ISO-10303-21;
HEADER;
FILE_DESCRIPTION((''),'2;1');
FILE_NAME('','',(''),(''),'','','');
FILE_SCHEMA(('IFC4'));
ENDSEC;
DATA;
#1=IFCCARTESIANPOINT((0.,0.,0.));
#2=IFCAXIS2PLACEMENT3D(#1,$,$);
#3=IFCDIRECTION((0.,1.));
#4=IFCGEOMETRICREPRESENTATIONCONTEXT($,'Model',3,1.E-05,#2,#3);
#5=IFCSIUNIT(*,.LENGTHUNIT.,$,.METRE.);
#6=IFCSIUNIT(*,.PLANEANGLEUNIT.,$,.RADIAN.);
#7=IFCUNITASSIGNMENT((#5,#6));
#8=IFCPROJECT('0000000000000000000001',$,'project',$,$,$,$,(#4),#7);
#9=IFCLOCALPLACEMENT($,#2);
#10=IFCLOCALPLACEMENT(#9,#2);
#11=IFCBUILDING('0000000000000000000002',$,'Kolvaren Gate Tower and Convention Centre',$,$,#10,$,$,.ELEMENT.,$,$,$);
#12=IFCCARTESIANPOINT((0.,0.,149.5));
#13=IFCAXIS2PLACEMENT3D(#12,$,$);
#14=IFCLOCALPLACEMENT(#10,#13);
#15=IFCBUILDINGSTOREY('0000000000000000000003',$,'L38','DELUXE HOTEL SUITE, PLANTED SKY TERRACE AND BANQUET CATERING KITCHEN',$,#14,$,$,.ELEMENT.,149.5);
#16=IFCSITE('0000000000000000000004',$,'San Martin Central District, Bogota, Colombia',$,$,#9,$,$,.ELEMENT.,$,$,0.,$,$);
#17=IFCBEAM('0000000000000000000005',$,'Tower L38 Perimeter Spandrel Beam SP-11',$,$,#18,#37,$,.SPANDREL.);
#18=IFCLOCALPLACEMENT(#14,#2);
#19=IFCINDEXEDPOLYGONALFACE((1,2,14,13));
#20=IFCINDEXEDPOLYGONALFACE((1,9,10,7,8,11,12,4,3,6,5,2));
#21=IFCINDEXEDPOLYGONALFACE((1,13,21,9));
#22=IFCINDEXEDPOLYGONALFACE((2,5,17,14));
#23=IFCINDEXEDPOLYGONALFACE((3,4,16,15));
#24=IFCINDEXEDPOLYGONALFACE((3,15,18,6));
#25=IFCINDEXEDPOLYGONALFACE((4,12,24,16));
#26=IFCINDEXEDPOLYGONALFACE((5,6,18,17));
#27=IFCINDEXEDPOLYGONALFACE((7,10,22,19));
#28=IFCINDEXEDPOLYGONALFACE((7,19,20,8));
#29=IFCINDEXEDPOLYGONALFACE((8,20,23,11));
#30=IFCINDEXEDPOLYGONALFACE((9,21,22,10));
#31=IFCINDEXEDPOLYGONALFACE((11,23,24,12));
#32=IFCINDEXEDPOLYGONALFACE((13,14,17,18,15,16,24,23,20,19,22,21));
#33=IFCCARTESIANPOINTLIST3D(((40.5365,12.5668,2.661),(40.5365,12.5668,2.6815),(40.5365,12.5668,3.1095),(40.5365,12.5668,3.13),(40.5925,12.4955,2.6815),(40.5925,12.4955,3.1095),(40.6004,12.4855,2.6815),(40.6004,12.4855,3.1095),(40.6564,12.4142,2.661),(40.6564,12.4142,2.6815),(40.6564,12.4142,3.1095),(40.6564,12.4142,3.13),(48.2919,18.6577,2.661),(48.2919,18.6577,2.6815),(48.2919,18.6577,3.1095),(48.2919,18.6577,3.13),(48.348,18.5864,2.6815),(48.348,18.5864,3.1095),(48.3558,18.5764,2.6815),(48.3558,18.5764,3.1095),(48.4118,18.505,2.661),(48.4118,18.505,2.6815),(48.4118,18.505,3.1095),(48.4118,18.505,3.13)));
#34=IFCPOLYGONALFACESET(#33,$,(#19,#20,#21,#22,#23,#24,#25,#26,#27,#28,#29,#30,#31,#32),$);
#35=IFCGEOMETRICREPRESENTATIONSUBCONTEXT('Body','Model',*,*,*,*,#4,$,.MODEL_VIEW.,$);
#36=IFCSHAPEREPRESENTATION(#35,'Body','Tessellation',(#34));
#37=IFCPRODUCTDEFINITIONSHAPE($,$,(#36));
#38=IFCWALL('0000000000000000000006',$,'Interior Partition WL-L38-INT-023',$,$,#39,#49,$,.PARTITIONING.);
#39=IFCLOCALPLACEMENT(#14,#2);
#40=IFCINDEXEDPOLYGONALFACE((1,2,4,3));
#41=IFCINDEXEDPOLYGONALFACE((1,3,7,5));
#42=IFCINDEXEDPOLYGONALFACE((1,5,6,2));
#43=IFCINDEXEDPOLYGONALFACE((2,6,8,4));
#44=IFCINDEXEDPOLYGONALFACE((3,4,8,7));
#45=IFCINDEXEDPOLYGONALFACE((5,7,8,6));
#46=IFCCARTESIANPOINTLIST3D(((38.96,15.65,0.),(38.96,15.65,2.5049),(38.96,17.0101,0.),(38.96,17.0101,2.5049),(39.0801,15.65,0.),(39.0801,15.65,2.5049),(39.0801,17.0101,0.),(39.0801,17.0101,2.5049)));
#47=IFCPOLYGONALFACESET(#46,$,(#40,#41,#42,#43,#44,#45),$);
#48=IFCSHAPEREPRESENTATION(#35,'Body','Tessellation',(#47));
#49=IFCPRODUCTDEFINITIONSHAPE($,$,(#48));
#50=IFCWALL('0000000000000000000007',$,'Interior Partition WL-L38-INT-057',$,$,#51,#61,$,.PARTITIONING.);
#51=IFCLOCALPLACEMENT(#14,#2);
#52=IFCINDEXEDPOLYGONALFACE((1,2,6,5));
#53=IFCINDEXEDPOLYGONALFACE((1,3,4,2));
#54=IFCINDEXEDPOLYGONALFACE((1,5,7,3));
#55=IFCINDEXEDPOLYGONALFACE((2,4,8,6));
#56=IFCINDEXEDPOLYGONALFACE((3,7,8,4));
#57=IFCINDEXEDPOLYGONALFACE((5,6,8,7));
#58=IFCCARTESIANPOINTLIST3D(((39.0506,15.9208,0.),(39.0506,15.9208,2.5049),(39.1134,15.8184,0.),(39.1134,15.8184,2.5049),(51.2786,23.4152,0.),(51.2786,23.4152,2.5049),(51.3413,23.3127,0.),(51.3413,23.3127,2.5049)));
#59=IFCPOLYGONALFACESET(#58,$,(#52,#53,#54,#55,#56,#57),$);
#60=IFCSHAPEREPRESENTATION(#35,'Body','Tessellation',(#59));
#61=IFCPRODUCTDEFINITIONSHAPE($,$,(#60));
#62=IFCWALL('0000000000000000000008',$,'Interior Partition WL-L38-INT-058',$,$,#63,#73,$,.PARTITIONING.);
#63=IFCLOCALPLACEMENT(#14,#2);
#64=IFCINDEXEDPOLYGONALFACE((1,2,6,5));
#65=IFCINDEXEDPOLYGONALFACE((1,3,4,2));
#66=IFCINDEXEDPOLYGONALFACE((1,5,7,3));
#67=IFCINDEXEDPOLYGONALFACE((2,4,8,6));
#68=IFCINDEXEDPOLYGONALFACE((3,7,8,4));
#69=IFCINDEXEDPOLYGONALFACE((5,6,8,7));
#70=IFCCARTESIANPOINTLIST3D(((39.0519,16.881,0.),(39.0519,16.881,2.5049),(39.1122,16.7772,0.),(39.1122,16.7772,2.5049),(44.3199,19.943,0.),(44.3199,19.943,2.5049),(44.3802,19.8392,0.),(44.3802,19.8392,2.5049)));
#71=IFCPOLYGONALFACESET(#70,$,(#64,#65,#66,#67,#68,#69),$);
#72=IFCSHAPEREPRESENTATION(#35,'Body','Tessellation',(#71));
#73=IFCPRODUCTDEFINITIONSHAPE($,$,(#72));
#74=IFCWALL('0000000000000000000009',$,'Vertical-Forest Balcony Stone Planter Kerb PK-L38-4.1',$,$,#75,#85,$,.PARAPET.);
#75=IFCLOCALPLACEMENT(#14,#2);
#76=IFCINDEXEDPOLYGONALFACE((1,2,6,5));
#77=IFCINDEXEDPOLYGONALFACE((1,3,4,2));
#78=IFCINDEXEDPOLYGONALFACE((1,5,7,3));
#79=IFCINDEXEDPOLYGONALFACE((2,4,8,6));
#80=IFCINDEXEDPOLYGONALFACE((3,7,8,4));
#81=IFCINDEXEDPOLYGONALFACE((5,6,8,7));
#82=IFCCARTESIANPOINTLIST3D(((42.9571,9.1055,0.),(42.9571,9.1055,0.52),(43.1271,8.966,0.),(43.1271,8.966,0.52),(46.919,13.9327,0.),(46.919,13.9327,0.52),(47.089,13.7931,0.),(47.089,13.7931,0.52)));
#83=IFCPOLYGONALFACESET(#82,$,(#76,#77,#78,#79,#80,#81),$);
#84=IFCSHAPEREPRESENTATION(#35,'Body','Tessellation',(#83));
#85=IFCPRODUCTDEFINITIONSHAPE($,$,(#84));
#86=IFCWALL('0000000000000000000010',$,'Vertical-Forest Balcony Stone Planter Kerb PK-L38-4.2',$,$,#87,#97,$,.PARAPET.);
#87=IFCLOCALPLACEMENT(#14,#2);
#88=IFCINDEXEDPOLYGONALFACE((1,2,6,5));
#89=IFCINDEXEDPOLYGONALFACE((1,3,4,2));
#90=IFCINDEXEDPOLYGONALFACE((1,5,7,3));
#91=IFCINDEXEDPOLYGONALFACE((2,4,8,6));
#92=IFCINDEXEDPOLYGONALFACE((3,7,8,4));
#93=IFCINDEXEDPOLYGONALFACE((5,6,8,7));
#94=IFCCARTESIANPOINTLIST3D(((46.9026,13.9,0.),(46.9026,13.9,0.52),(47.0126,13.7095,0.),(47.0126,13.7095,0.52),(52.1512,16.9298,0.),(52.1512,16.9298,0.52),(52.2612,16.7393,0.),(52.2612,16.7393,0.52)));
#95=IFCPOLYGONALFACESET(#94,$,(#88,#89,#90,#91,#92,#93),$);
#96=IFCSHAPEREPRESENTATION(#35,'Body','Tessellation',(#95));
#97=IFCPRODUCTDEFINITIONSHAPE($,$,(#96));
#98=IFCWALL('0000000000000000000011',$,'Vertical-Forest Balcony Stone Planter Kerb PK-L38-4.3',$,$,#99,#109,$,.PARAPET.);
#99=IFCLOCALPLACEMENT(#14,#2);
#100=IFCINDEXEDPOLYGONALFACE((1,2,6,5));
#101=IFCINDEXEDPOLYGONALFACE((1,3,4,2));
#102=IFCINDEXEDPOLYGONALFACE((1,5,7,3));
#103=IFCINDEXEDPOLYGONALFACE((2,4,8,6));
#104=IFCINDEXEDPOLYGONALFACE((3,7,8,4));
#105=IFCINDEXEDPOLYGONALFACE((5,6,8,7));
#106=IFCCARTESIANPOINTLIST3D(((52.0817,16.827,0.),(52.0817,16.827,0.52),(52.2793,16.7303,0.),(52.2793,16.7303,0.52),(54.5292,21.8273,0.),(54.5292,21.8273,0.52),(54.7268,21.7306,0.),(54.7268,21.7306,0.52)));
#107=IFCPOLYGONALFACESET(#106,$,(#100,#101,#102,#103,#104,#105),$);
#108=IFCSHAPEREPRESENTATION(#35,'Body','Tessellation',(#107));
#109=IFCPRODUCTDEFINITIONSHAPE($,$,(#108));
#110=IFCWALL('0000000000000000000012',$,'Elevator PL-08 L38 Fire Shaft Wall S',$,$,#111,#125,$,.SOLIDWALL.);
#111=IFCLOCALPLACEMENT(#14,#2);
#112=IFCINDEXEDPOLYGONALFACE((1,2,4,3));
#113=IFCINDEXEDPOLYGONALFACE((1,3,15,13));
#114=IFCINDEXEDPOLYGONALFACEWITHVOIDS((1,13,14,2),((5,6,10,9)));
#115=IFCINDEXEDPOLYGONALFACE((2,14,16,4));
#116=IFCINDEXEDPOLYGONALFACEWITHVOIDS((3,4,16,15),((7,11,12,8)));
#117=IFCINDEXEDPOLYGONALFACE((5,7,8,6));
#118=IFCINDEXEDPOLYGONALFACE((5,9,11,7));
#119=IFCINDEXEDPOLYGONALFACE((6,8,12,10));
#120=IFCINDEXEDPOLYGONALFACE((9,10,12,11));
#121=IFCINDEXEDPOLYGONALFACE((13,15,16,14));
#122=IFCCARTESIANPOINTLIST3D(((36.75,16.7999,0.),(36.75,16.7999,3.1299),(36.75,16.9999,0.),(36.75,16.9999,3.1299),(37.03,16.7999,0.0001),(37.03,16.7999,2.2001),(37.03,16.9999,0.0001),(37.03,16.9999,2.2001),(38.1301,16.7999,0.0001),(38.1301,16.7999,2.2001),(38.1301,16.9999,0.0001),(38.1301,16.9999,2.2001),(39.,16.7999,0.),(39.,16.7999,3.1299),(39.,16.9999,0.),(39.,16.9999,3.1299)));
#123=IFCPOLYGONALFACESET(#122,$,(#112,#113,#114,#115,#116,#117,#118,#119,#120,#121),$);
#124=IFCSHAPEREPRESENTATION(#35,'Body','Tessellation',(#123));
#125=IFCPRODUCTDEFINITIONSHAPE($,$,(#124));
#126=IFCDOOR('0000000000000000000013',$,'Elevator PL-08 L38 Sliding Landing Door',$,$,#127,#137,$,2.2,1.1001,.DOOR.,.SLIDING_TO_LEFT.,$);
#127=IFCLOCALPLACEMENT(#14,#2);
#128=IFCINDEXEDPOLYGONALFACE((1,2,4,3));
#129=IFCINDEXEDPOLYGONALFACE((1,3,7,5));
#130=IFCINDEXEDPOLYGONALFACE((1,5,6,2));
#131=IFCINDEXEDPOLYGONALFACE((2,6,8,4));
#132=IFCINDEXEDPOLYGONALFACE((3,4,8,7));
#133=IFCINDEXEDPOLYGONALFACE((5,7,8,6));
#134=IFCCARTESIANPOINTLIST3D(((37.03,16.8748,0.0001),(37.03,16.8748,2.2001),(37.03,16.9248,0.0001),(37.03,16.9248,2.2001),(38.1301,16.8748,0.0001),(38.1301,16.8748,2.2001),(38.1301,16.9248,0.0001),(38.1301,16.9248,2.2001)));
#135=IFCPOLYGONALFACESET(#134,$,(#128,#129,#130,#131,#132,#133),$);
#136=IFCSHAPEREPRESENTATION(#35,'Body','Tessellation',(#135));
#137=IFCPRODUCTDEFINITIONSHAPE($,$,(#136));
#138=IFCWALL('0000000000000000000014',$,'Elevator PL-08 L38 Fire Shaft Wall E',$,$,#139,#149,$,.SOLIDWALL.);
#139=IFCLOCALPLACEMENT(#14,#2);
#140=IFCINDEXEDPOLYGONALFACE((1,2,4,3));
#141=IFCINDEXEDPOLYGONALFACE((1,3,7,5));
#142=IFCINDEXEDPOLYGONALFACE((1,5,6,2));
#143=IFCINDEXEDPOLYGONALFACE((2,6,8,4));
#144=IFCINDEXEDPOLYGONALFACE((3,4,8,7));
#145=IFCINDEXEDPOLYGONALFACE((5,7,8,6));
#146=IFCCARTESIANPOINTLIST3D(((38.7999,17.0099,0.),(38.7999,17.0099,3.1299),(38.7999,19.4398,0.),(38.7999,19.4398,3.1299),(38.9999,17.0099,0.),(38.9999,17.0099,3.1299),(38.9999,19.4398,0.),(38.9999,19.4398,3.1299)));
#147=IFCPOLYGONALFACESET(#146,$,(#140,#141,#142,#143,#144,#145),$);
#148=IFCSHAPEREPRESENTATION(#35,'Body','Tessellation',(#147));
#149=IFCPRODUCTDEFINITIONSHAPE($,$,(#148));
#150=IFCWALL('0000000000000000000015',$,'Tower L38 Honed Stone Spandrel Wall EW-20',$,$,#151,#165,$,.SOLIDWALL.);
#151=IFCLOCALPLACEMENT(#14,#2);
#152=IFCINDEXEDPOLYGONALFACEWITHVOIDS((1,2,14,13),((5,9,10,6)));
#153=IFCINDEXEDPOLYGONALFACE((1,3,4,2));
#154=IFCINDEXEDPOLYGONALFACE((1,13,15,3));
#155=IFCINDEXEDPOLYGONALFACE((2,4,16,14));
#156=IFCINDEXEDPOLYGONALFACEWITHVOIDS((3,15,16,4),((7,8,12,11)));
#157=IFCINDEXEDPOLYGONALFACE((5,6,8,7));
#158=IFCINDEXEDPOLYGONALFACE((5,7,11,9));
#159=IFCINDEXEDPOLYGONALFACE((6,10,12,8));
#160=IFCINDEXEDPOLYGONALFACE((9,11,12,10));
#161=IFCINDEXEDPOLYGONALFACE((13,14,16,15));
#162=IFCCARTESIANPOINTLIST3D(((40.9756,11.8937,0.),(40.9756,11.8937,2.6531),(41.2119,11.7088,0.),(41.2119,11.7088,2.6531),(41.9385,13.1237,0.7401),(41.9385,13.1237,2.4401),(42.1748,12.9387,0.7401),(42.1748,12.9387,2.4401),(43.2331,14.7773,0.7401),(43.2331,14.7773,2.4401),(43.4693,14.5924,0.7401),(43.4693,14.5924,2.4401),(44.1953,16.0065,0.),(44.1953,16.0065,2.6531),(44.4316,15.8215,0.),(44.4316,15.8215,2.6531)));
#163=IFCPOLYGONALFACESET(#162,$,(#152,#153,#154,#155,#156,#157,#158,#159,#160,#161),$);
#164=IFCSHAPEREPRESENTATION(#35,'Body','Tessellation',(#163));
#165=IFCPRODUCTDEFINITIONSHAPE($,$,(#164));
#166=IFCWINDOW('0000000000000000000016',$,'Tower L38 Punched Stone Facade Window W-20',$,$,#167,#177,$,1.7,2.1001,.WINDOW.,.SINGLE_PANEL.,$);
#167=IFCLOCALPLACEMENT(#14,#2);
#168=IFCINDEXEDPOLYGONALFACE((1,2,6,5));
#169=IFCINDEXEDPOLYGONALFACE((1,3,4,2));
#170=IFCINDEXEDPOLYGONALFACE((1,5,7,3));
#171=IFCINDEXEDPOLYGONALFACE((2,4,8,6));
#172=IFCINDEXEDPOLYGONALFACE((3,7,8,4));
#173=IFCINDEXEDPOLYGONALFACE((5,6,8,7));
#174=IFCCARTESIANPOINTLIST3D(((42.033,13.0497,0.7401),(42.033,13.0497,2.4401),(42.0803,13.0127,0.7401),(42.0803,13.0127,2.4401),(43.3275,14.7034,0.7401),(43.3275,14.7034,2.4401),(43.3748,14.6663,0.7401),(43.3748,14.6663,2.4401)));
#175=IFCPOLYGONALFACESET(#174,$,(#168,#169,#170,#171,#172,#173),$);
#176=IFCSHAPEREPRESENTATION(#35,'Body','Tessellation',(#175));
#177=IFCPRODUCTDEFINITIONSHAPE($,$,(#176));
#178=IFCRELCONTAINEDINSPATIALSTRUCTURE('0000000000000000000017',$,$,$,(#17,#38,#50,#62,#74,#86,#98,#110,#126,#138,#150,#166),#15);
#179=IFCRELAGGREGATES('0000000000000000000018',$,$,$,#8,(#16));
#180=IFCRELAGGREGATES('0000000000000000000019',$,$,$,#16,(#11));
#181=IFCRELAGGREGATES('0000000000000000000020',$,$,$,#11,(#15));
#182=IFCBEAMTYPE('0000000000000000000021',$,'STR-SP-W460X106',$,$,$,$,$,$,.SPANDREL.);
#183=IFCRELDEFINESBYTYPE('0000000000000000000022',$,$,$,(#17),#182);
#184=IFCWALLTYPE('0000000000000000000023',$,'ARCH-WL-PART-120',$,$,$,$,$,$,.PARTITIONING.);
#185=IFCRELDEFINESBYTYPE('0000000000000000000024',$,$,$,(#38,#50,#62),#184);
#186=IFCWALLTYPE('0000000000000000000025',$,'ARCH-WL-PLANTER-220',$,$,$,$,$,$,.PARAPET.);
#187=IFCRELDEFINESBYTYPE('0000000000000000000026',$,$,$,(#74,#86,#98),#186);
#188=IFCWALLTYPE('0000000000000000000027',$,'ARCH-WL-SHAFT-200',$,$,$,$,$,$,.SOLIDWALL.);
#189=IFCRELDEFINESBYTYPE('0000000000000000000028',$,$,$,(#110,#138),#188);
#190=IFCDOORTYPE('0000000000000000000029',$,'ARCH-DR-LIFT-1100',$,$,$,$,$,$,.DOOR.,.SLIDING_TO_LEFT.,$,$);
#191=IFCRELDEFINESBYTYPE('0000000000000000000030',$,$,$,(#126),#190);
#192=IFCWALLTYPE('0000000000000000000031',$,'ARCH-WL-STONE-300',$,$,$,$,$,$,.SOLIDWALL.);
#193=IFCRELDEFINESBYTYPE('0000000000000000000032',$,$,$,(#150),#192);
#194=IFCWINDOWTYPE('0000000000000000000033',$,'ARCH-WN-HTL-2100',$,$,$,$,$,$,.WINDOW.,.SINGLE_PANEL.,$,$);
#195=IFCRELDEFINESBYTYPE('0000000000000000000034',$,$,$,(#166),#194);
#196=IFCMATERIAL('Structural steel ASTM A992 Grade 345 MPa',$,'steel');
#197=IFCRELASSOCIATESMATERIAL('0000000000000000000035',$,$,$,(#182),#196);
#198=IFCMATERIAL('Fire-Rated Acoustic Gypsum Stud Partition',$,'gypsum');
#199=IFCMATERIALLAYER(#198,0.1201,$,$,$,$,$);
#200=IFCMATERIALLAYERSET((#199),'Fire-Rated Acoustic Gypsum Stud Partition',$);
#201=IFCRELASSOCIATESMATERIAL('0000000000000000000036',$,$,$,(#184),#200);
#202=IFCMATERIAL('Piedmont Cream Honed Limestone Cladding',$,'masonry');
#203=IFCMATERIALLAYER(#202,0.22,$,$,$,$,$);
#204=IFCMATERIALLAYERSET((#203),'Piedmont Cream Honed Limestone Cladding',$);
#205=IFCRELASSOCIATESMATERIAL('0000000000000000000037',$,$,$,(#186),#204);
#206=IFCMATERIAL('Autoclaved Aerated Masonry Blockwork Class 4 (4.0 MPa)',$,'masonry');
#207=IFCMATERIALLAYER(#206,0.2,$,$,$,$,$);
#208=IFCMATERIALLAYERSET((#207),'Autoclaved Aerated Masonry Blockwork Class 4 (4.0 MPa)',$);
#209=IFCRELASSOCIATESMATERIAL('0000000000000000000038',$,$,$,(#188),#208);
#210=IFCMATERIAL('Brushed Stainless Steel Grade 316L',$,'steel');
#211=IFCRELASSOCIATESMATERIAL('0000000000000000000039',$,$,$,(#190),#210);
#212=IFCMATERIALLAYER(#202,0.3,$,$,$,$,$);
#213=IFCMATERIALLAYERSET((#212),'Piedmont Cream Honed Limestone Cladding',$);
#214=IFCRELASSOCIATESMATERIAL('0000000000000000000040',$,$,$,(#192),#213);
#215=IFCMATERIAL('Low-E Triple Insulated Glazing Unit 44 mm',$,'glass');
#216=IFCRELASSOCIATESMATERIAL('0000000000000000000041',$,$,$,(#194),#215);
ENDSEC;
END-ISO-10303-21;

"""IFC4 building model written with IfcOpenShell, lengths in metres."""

from ifc_helpers import new_model, si_unit, direction, frame, frame_2d, origin, origin_2d, place, context, subcontext, project, spatial, rectangle, i_section, extrude, material, layer, layer_set, material_profile, profile_set, type_object, element, fill, save


model = new_model("IFC4")

# Units and contexts
model_context = context("Model", 3, precision=1e-05, world=origin(), true_north=direction((0.0, 1.0)))
body_context = subcontext(model_context, "Body", "Model", "MODEL_VIEW")
ifc_project = project(units=[si_unit("LENGTHUNIT", "METRE"), si_unit("PLANEANGLEUNIT", "RADIAN")], contexts=[model_context])

# Site, building, storey
site_placement = place(None, origin())
site = spatial("IfcSite", under=ifc_project, at=site_placement, Name="San Martin Central District, Bogota, Colombia", CompositionType="ELEMENT", RefElevation=0.0)
building_placement = place(site_placement, origin())
building = spatial("IfcBuilding", under=site, at=building_placement, Name="Kolvaren Gate Tower and Convention Centre", CompositionType="ELEMENT")
storey_placement = place(building_placement, frame((0.0, 0.0, 149.5)))
storey = spatial("IfcBuildingStorey", under=building, at=storey_placement, Name="L38", Description="DELUXE HOTEL SUITE, PLANTED SKY TERRACE AND BANQUET CATERING KITCHEN", CompositionType="ELEMENT", Elevation=149.5)

# Beam
ifc_material_1 = material(Name="Structural steel ASTM A992 Grade 345 MPa", Category="steel")
ifc_material_profile_1 = material_profile(ifc_material_1, i_section(OverallWidth=0.1941, OverallDepth=0.469, WebThickness=0.0127, FlangeThickness=0.0205, at=origin_2d()), Name="W460X106")
ifc_profile_set_1 = profile_set([ifc_material_profile_1], Name="Structural steel ASTM A992 Grade 345 MPa")
beam_type_1 = type_object("IfcBeamType", Name="STR-SP-W460X106", PredefinedType="SPANDREL", material=ifc_profile_set_1)
beam_1_placement = place(storey_placement, frame((40.5964, 12.4905, 2.8955), z_axis=(0.786451, 0.617653, 0.0), x_axis=(-0.617653, 0.786451, 0.0)))
element("IfcBeam", 1, at=beam_1_placement, inside=storey, type_object=beam_type_1, Name="Tower L38 Perimeter Spandrel Beam SP-11", PredefinedType="SPANDREL", context=body_context, shape_type="SweptSolid", body=[
    extrude(i_section(OverallWidth=0.1941, OverallDepth=0.469, WebThickness=0.0127, FlangeThickness=0.0205, at=origin_2d()), origin(), (0.0, 0.0, 1.0), 9.8613),
])

# Walls
ifc_material_2 = material(Name="Fire-Rated Acoustic Gypsum Stud Partition", Category="gypsum")
ifc_layer_1 = layer(ifc_material_2, 0.1201)
ifc_layer_set_1 = layer_set([ifc_layer_1], Name="Fire-Rated Acoustic Gypsum Stud Partition")
wall_type_1 = type_object("IfcWallType", Name="ARCH-WL-PART-120", PredefinedType="PARTITIONING", material=ifc_layer_set_1)
wall_1_placement = place(storey_placement, frame((39.02, 15.6499, 0.0), z_axis=(0.0, 0.0, 1.0), x_axis=(0.0, 1.0, 0.0)))
element("IfcWall", 2, at=wall_1_placement, inside=storey, type_object=wall_type_1, Name="Interior Partition WL-L38-INT-023", PredefinedType="PARTITIONING", context=body_context, shape_type="SweptSolid", body=[
    extrude(rectangle(XDim=1.3601, YDim=0.1201, at=frame_2d((0.6802, 0.0))), origin(), (0.0, 0.0, 1.0), 2.5049),
])
wall_2_placement = place(storey_placement, frame((39.082, 15.8696, 0.0), z_axis=(0.0, 0.0, 1.0), x_axis=(0.852608, 0.522551, 0.0)))
element("IfcWall", 3, at=wall_2_placement, inside=storey, type_object=wall_type_1, Name="Interior Partition WL-L38-INT-057", PredefinedType="PARTITIONING", context=body_context, shape_type="SweptSolid", body=[
    extrude(rectangle(XDim=14.3418, YDim=0.1201, at=frame_2d((7.1709, 0.0))), origin(), (0.0, 0.0, 1.0), 2.5049),
])
wall_3_placement = place(storey_placement, frame((39.082, 16.8291, 0.0), z_axis=(0.0, 0.0, 1.0), x_axis=(0.864565, 0.50252, 0.0)))
element("IfcWall", 4, at=wall_3_placement, inside=storey, type_object=wall_type_1, Name="Interior Partition WL-L38-INT-058", PredefinedType="PARTITIONING", context=body_context, shape_type="SweptSolid", body=[
    extrude(rectangle(XDim=6.0933, YDim=0.1201, at=frame_2d((3.0466, 0.0))), origin(), (0.0, 0.0, 1.0), 2.5049),
])
ifc_material_3 = material(Name="Piedmont Cream Honed Limestone Cladding", Category="masonry")
ifc_layer_2 = layer(ifc_material_3, 0.22)
ifc_layer_set_2 = layer_set([ifc_layer_2], Name="Piedmont Cream Honed Limestone Cladding")
wall_type_2 = type_object("IfcWallType", Name="ARCH-WL-PLANTER-220", PredefinedType="PARAPET", material=ifc_layer_set_2)
wall_4_placement = place(storey_placement, frame((43.042, 9.0356, 0.0), z_axis=(0.0, 0.0, 1.0), x_axis=(0.634429, 0.772981, 0.0)))
element("IfcWall", 5, at=wall_4_placement, inside=storey, type_object=wall_type_2, Name="Vertical-Forest Balcony Stone Planter Kerb PK-L38-4.1", PredefinedType="PARAPET", context=body_context, shape_type="SweptSolid", body=[
    extrude(rectangle(XDim=6.2449, YDim=0.22, at=frame_2d((3.1226, 0.0))), origin(), (0.0, 0.0, 1.0), 0.52),
])
wall_5_placement = place(storey_placement, frame((46.9575, 13.8047, 0.0), z_axis=(0.0, 0.0, 1.0), x_axis=(0.866058, 0.499943, 0.0)))
element("IfcWall", 6, at=wall_5_placement, inside=storey, type_object=wall_type_2, Name="Vertical-Forest Balcony Stone Planter Kerb PK-L38-4.2", PredefinedType="PARAPET", context=body_context, shape_type="SweptSolid", body=[
    extrude(rectangle(XDim=6.0603, YDim=0.22, at=frame_2d((3.0303, 0.0))), origin(), (0.0, 0.0, 1.0), 0.52),
])
wall_6_placement = place(storey_placement, frame((52.1804, 16.7786, 0.0), z_axis=(0.0, 0.0, 1.0), x_axis=(0.439637, 0.898175, 0.0)))
element("IfcWall", 7, at=wall_6_placement, inside=storey, type_object=wall_type_2, Name="Vertical-Forest Balcony Stone Planter Kerb PK-L38-4.3", PredefinedType="PARAPET", context=body_context, shape_type="SweptSolid", body=[
    extrude(rectangle(XDim=5.5671, YDim=0.22, at=frame_2d((2.7837, 0.0))), origin(), (0.0, 0.0, 1.0), 0.52),
])

# Wall, opening, door
ifc_material_4 = material(Name="Autoclaved Aerated Masonry Blockwork Class 4 (4.0 MPa)", Category="masonry")
ifc_layer_3 = layer(ifc_material_4, 0.2)
ifc_layer_set_3 = layer_set([ifc_layer_3], Name="Autoclaved Aerated Masonry Blockwork Class 4 (4.0 MPa)")
wall_type_3 = type_object("IfcWallType", Name="ARCH-WL-SHAFT-200", PredefinedType="SOLIDWALL", material=ifc_layer_set_3)
wall_7_placement = place(storey_placement, frame((36.75, 16.8999, 0.0), z_axis=(0.0, 0.0, 1.0), x_axis=(1.0, 0.0, 0.0)))
wall_7 = element("IfcWall", 8, at=wall_7_placement, inside=storey, type_object=wall_type_3, Name="Elevator PL-08 L38 Fire Shaft Wall S", PredefinedType="SOLIDWALL", context=body_context, shape_type="SweptSolid", body=[
    extrude(rectangle(XDim=2.25, YDim=0.2, at=frame_2d((1.125, 0.0))), origin(), (0.0, 0.0, 1.0), 3.1299),
])
opening_1_placement = place(wall_7_placement, frame((0.28, 0.0, 0.0)))
opening_1 = element("IfcOpeningElement", 9, at=opening_1_placement, cuts=wall_7, PredefinedType="OPENING", context=body_context, shape_type="SweptSolid", body=[
    extrude(rectangle(XDim=1.1001, YDim=2.2, at=frame_2d((0.55, 1.1001))), frame((0.0, 0.1099, 0.0), z_axis=(0.0, -1.0, 0.0), x_axis=(1.0, 0.0, 0.0)), (0.0, 0.0, 1.0), 0.22),
])
ifc_material_5 = material(Name="Brushed Stainless Steel Grade 316L", Category="steel")
door_type_1 = type_object("IfcDoorType", Name="ARCH-DR-LIFT-1100", OperationType="SLIDING_TO_LEFT", PredefinedType="DOOR", material=ifc_material_5)
door_1_placement = place(opening_1_placement, origin())
door_1 = element("IfcDoor", 10, at=door_1_placement, inside=storey, type_object=door_type_1, Name="Elevator PL-08 L38 Sliding Landing Door", OperationType="SLIDING_TO_LEFT", OverallHeight=2.2, OverallWidth=1.1001, PredefinedType="DOOR", context=body_context, shape_type="SweptSolid", body=[
    extrude(rectangle(XDim=1.1001, YDim=2.2, at=frame_2d((0.55, 1.1001))), frame((0.0, 0.0249, 0.0), z_axis=(0.0, -1.0, 0.0), x_axis=(1.0, 0.0, 0.0)), (0.0, 0.0, 1.0), 0.05),
])
fill(opening_1, door_1)

# Wall
wall_8_placement = place(storey_placement, frame((38.8999, 17.01, 0.0), z_axis=(0.0, 0.0, 1.0), x_axis=(0.0, 1.0, 0.0)))
element("IfcWall", 11, at=wall_8_placement, inside=storey, type_object=wall_type_3, Name="Elevator PL-08 L38 Fire Shaft Wall E", PredefinedType="SOLIDWALL", context=body_context, shape_type="SweptSolid", body=[
    extrude(rectangle(XDim=2.4299, YDim=0.2, at=frame_2d((1.2148, 0.0))), origin(), (0.0, 0.0, 1.0), 3.1299),
])

# Wall, opening, window
ifc_layer_4 = layer(ifc_material_3, 0.3)
ifc_layer_set_4 = layer_set([ifc_layer_4], Name="Piedmont Cream Honed Limestone Cladding")
wall_type_4 = type_object("IfcWallType", Name="ARCH-WL-STONE-300", PredefinedType="SOLIDWALL", material=ifc_layer_set_4)
wall_9_placement = place(storey_placement, frame((41.0938, 11.8013, 0.0), z_axis=(0.0, 0.0, 1.0), x_axis=(0.616429, 0.78741, 0.0)))
wall_9 = element("IfcWall", 12, at=wall_9_placement, inside=storey, type_object=wall_type_4, Name="Tower L38 Honed Stone Spandrel Wall EW-20", PredefinedType="SOLIDWALL", context=body_context, shape_type="SweptSolid", body=[
    extrude(rectangle(XDim=5.2231, YDim=0.3, at=frame_2d((2.6116, 0.0))), origin(), (0.0, 0.0, 1.0), 2.6531),
])
opening_2_placement = place(wall_9_placement, frame((1.562, 0.0, 0.74)))
opening_2 = element("IfcOpeningElement", 13, at=opening_2_placement, cuts=wall_9, PredefinedType="OPENING", context=body_context, shape_type="SweptSolid", body=[
    extrude(rectangle(XDim=2.1001, YDim=1.7, at=frame_2d((1.05, 0.8501))), frame((0.0, 0.1599, 0.0), z_axis=(0.0, -1.0, 0.0), x_axis=(1.0, 0.0, 0.0)), (0.0, 0.0, 1.0), 0.3201),
])
ifc_material_6 = material(Name="Low-E Triple Insulated Glazing Unit 44 mm", Category="glass")
window_type = type_object("IfcWindowType", Name="ARCH-WN-HTL-2100", PartitioningType="SINGLE_PANEL", PredefinedType="WINDOW", material=ifc_material_6)
window_1_placement = place(opening_2_placement, origin())
window_1 = element("IfcWindow", 14, at=window_1_placement, inside=storey, type_object=window_type, Name="Tower L38 Punched Stone Facade Window W-20", OverallHeight=1.7, OverallWidth=2.1001, PartitioningType="SINGLE_PANEL", PredefinedType="WINDOW", context=body_context, shape_type="SweptSolid", body=[
    extrude(rectangle(XDim=2.1001, YDim=1.7, at=frame_2d((1.05, 0.8501))), frame((0.0, 0.03, 0.0), z_axis=(0.0, -1.0, 0.0), x_axis=(1.0, 0.0, 0.0)), (0.0, 0.0, 1.0), 0.0601),
])
fill(opening_2, window_1)

save(model, "model.ifc")
